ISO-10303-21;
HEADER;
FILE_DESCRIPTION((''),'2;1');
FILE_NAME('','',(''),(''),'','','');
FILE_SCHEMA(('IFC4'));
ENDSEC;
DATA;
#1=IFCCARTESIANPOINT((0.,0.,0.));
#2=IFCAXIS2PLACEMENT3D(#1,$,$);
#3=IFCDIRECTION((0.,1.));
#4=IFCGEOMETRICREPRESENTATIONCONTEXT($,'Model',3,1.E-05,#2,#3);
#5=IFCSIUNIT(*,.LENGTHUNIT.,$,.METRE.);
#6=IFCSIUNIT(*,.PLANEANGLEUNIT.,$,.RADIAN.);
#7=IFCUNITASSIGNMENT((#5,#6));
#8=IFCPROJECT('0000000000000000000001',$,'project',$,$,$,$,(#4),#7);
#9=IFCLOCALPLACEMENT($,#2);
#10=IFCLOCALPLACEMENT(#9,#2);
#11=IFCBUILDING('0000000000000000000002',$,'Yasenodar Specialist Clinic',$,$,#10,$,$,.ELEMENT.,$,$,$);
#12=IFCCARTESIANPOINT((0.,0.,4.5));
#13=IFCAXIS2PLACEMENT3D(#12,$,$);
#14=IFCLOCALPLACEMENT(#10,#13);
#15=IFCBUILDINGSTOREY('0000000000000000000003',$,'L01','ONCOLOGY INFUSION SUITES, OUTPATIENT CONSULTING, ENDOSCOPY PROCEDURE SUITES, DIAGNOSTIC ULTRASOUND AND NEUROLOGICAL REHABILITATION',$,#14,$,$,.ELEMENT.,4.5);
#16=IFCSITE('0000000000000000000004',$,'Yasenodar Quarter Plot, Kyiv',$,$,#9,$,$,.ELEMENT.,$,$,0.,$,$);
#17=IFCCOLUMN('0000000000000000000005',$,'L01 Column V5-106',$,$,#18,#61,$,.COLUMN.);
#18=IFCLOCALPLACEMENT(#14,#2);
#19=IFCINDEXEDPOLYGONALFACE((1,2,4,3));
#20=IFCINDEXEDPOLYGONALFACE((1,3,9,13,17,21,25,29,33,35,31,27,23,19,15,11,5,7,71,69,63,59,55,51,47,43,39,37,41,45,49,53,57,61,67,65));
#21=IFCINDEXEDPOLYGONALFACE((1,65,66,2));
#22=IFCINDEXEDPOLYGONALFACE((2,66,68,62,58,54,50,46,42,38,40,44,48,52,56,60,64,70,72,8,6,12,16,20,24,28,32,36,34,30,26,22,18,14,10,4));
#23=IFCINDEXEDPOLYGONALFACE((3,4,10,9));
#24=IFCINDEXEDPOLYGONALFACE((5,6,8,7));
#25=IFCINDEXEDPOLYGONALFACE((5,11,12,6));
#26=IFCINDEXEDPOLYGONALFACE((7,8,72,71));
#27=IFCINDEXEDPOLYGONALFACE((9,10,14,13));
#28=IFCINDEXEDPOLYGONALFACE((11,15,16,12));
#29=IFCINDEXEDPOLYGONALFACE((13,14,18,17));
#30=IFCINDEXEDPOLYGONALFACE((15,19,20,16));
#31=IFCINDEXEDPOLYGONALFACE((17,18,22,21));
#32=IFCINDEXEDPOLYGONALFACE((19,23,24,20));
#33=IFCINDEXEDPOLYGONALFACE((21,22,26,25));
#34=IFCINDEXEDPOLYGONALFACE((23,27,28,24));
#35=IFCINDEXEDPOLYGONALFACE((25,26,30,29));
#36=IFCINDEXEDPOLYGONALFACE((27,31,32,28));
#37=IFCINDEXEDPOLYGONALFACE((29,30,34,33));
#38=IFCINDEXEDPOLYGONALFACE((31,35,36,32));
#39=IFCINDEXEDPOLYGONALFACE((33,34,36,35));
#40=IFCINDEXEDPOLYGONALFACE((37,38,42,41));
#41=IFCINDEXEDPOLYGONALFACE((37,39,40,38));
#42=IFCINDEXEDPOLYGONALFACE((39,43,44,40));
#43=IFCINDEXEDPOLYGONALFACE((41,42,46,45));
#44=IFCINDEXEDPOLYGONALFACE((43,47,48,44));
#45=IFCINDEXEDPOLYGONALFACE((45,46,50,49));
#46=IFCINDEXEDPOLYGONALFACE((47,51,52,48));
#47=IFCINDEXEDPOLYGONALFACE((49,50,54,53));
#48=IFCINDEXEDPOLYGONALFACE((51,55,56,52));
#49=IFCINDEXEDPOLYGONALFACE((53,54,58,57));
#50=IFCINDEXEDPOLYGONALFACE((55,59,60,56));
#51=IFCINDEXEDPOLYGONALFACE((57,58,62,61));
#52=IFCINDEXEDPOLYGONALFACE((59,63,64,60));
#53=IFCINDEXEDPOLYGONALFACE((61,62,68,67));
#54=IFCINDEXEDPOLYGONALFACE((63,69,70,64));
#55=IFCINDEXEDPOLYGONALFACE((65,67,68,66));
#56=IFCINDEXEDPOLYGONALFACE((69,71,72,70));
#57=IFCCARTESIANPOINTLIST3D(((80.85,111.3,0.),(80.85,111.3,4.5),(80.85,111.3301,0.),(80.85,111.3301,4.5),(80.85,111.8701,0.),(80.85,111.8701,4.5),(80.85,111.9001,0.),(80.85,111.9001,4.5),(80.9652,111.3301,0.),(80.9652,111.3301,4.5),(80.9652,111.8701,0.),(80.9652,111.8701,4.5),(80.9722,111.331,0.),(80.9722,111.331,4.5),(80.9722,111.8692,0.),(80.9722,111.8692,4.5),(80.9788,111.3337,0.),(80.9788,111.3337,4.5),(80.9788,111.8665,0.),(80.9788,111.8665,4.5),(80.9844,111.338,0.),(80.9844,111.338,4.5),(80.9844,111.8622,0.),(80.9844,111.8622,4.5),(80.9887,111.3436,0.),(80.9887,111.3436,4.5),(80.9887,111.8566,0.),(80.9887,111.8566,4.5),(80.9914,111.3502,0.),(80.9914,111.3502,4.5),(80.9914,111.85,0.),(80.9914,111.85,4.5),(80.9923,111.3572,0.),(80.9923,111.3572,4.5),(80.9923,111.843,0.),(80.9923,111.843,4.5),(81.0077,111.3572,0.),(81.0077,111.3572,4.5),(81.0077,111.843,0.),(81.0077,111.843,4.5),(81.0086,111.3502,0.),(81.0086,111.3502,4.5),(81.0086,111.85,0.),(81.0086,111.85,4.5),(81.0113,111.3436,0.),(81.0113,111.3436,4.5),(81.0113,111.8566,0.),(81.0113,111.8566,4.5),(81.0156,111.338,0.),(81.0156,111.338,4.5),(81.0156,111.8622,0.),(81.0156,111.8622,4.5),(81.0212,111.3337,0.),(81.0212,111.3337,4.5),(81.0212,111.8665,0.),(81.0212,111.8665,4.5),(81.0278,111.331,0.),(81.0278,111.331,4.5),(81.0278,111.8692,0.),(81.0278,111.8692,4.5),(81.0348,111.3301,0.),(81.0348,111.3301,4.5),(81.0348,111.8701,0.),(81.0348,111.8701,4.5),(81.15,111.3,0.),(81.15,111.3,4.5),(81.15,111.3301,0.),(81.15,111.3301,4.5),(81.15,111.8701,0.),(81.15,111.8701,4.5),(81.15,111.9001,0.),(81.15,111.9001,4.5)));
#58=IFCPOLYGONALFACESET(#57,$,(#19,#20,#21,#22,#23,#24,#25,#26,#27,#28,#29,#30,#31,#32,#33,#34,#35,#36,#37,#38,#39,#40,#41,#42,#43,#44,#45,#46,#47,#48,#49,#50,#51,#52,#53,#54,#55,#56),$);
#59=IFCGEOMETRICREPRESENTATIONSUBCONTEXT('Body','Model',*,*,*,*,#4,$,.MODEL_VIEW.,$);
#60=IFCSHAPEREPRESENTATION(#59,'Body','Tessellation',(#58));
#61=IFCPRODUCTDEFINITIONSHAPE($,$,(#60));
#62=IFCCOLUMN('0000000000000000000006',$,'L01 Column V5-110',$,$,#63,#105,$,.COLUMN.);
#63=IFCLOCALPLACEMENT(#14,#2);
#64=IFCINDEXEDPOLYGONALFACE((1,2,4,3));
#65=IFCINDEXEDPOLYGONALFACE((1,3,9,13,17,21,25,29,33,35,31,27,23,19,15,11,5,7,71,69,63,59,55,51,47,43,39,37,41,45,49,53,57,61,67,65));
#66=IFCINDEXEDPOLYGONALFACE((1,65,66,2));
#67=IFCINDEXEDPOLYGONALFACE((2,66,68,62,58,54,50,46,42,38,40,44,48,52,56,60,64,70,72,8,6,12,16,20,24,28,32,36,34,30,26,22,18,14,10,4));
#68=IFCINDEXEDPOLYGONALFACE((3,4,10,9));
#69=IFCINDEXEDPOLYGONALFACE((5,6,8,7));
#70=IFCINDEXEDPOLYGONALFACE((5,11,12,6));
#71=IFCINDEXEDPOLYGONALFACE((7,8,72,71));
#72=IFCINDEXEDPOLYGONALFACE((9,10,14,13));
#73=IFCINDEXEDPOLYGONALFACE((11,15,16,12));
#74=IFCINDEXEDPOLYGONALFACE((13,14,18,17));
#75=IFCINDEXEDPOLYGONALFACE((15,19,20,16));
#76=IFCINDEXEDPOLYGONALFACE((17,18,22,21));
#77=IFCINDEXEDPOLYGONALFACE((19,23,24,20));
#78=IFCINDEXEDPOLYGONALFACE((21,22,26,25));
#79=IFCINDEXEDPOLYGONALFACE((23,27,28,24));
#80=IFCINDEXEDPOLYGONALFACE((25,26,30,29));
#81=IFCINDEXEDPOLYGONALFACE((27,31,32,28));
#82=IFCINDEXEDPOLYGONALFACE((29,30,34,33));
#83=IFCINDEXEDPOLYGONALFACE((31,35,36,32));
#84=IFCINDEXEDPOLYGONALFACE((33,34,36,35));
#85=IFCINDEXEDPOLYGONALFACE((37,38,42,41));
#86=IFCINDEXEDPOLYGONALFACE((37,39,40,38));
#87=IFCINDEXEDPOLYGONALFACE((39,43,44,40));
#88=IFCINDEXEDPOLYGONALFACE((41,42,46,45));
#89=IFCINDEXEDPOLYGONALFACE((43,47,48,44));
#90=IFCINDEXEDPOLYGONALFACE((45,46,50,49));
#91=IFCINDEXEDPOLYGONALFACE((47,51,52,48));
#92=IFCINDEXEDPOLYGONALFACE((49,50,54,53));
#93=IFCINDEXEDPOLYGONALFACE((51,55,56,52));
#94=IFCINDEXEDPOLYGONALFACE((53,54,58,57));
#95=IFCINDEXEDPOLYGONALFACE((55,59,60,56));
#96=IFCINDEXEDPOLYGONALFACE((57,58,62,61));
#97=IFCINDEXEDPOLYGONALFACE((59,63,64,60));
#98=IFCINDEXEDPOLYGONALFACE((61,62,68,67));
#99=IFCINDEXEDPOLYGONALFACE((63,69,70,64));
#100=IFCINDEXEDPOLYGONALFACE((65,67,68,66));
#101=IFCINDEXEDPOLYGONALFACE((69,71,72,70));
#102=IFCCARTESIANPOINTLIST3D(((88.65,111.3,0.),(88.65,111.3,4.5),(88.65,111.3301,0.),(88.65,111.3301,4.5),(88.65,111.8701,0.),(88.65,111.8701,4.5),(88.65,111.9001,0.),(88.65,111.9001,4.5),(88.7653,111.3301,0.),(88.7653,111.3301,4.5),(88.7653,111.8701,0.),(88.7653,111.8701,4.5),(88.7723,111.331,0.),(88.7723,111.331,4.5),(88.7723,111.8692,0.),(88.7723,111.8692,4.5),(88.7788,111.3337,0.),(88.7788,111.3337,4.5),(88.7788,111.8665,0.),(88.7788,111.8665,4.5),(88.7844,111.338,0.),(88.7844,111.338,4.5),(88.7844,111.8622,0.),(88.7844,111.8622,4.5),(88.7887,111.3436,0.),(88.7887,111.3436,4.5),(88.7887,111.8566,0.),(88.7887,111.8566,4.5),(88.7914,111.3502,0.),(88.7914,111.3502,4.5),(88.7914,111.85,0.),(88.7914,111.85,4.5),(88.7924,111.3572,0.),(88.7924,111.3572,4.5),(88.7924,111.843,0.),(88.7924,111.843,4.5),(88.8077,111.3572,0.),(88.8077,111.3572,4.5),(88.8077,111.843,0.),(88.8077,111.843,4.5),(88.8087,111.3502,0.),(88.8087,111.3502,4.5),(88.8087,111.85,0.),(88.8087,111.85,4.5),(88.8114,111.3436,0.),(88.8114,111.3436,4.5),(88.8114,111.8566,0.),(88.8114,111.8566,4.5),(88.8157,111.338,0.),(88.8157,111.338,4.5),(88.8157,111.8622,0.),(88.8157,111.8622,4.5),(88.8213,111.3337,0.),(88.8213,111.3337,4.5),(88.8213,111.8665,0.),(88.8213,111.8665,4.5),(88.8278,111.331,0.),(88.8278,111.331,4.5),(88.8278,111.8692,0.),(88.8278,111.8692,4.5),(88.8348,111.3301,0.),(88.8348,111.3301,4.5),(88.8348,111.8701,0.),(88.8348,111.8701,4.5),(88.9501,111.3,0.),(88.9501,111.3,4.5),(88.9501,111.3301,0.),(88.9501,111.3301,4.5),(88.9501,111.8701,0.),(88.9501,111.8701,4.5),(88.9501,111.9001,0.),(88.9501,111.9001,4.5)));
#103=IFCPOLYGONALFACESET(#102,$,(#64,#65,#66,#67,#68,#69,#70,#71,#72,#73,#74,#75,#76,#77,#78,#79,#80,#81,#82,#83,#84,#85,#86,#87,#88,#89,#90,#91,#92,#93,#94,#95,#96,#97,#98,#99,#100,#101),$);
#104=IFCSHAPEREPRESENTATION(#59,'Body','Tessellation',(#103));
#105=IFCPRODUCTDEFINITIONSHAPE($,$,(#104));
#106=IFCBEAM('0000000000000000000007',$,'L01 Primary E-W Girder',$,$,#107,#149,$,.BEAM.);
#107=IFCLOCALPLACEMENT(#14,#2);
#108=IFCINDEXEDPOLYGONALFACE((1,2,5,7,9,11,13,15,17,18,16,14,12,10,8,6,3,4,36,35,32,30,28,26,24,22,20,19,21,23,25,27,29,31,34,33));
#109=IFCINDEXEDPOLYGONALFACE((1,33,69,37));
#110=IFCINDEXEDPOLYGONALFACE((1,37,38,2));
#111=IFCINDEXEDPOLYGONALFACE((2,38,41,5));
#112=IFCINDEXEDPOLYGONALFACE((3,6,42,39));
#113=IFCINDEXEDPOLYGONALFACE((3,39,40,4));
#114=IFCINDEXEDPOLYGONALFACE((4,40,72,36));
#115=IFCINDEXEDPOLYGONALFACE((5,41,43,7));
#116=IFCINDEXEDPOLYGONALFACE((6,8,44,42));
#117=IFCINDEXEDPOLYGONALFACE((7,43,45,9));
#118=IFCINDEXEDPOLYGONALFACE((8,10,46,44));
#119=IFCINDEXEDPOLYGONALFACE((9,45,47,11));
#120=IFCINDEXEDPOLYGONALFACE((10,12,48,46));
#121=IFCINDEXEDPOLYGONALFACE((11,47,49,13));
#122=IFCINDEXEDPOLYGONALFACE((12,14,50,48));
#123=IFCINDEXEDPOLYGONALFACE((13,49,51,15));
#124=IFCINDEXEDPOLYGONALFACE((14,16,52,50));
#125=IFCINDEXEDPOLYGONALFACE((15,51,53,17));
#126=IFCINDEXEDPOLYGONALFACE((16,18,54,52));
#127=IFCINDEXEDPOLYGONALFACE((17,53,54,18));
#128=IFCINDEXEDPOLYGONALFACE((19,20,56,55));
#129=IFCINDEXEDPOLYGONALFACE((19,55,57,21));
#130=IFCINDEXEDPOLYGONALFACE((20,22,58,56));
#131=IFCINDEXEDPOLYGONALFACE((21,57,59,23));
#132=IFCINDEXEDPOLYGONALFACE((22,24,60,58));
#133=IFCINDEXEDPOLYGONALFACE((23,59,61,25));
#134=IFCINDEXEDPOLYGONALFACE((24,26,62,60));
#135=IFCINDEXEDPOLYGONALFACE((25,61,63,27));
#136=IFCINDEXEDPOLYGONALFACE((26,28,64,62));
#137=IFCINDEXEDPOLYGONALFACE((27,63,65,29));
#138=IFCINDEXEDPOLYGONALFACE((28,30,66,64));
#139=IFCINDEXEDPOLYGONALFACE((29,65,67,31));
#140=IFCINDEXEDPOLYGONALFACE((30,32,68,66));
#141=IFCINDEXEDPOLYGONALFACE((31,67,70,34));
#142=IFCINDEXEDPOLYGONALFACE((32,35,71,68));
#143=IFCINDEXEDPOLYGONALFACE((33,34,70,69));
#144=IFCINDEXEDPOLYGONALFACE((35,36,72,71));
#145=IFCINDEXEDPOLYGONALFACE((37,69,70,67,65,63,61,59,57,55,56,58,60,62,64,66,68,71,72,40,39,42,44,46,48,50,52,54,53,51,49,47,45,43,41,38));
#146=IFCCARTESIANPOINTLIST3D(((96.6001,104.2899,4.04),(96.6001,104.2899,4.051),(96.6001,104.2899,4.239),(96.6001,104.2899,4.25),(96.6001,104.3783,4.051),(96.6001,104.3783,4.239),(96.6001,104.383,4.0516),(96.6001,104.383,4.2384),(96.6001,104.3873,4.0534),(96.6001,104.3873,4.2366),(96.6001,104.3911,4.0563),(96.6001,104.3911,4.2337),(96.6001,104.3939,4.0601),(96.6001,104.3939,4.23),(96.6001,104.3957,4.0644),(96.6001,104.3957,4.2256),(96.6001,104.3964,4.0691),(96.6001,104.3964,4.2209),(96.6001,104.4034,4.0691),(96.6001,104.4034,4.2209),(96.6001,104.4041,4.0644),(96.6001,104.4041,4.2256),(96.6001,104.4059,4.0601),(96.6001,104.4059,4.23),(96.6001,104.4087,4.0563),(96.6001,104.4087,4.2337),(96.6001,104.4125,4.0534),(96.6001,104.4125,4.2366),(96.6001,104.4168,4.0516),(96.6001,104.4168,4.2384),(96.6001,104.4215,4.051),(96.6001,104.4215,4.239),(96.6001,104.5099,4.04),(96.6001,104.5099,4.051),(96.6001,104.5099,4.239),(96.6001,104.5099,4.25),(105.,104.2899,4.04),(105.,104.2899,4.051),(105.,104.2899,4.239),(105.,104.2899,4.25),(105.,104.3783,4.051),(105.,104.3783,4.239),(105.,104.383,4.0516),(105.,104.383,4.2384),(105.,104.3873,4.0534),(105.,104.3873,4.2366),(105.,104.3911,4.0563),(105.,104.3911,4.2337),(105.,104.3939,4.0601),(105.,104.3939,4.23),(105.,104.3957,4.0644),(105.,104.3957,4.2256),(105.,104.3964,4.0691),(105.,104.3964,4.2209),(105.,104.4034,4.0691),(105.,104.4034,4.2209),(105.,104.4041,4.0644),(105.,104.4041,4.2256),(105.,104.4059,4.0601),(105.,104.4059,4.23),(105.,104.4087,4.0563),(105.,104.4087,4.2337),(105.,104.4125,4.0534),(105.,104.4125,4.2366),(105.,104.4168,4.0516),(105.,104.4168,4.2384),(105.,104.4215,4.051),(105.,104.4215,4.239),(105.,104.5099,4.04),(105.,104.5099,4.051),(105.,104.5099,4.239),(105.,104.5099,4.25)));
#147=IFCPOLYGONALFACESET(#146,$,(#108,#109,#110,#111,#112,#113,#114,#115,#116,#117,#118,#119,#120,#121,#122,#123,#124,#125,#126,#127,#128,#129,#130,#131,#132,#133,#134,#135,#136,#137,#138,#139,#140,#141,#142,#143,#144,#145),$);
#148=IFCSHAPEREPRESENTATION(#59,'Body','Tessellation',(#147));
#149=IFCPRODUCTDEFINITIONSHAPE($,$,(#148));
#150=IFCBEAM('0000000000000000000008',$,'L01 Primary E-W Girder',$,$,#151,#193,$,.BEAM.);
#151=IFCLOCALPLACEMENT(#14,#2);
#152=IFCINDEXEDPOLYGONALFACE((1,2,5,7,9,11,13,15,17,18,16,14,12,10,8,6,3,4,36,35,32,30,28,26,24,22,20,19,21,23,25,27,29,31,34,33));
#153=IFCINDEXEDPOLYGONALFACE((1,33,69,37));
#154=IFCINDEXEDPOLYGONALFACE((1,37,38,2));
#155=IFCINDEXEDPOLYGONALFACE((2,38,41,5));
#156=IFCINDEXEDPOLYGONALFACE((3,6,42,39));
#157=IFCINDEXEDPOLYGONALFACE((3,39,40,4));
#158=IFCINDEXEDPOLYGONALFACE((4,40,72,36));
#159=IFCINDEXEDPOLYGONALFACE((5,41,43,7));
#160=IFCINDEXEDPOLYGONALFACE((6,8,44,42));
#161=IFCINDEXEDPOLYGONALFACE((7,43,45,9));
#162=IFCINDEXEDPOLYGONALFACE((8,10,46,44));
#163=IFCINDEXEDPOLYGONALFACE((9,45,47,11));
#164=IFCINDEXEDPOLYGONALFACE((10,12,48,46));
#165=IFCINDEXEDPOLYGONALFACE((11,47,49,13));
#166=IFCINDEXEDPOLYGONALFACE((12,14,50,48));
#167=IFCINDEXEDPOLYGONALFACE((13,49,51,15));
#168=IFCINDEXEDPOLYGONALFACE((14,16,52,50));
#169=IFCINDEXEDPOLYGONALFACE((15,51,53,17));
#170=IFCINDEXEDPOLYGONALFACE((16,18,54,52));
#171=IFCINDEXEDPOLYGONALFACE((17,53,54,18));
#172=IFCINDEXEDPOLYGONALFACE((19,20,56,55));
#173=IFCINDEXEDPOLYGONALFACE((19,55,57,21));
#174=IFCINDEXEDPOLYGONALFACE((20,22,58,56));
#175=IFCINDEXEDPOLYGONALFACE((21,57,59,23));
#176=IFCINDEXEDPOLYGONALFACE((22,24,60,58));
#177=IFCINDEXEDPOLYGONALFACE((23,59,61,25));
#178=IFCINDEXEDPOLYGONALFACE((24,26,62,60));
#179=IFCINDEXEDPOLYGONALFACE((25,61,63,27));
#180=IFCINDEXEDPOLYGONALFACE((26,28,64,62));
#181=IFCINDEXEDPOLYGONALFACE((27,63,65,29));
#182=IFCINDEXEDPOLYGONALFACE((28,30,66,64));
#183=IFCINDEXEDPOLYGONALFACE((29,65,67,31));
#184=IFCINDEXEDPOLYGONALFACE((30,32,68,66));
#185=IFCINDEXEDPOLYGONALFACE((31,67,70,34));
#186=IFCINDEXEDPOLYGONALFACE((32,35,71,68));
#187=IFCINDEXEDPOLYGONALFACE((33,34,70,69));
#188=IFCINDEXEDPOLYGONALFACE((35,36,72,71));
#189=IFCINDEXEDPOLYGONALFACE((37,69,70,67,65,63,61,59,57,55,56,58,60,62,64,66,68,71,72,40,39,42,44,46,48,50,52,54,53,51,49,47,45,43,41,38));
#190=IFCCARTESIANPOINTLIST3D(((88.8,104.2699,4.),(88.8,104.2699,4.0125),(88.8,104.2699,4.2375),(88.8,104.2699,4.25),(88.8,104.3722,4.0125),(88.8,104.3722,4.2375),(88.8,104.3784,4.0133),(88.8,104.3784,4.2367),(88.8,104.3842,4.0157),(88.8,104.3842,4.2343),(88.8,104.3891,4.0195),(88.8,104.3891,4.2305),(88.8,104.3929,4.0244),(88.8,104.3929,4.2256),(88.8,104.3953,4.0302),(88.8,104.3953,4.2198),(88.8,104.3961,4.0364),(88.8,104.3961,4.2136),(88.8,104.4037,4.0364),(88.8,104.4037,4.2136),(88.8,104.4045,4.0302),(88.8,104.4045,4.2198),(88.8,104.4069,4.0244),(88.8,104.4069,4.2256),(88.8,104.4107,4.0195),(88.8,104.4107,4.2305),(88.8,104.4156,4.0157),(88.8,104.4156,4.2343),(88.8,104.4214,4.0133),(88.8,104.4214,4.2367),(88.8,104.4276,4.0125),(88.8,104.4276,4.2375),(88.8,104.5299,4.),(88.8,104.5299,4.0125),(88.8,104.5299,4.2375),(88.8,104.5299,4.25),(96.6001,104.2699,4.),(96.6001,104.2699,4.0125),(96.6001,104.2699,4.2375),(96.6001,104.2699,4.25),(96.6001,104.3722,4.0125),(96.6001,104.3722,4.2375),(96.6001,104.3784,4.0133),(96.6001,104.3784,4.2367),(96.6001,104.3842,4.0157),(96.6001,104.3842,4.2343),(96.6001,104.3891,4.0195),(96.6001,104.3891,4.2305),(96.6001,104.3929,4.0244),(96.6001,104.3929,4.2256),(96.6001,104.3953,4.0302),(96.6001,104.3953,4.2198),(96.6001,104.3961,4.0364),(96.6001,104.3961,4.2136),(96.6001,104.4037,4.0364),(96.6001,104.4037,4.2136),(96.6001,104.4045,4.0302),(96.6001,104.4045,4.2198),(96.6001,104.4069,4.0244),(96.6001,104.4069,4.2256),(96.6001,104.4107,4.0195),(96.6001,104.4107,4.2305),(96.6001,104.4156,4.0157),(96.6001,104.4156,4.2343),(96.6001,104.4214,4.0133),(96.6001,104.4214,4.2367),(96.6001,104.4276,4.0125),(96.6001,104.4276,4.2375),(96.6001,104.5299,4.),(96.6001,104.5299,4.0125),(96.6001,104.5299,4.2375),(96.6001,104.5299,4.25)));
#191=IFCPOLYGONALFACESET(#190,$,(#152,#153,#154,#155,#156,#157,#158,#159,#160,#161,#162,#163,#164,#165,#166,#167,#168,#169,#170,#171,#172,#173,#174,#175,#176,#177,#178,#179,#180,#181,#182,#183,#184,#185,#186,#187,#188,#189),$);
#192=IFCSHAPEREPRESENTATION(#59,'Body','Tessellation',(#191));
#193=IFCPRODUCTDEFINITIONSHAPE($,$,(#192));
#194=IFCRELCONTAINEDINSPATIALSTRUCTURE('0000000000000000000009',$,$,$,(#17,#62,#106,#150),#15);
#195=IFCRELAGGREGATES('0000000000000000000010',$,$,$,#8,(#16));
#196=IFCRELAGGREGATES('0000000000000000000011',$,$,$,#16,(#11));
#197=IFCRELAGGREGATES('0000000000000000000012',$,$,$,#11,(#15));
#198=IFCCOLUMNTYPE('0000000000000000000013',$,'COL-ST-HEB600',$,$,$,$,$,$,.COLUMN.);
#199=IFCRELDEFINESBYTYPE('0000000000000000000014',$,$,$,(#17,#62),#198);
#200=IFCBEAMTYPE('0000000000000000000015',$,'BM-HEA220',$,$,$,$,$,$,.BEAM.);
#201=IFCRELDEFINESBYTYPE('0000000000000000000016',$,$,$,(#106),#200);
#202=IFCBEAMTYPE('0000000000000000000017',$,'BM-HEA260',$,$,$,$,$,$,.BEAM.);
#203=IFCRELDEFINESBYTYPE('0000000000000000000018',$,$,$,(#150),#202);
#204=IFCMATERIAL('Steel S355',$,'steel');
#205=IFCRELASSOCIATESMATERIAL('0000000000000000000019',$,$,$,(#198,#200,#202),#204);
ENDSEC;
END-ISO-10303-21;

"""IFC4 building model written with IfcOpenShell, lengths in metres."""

from ifc_helpers import new_model, si_unit, direction, frame, origin, origin_2d, place, context, subcontext, project, spatial, i_section, extrude, material, material_profile, profile_set, type_object, element, save


model = new_model("IFC4")

# Units and contexts
model_context = context("Model", 3, precision=1e-05, world=origin(), true_north=direction((0.0, 1.0)))
body_context = subcontext(model_context, "Body", "Model", "MODEL_VIEW")
ifc_project = project(units=[si_unit("LENGTHUNIT", "METRE"), si_unit("PLANEANGLEUNIT", "RADIAN")], contexts=[model_context])

# Site, building, storey
site_placement = place(None, origin())
site = spatial("IfcSite", under=ifc_project, at=site_placement, Name="Yasenodar Quarter Plot, Kyiv", CompositionType="ELEMENT", RefElevation=0.0)
building_placement = place(site_placement, origin())
building = spatial("IfcBuilding", under=site, at=building_placement, Name="Yasenodar Specialist Clinic", CompositionType="ELEMENT")
storey_placement = place(building_placement, frame((0.0, 0.0, 4.5)))
storey = spatial("IfcBuildingStorey", under=building, at=storey_placement, Name="L01", Description="ONCOLOGY INFUSION SUITES, OUTPATIENT CONSULTING, ENDOSCOPY PROCEDURE SUITES, DIAGNOSTIC ULTRASOUND AND NEUROLOGICAL REHABILITATION", CompositionType="ELEMENT", Elevation=4.5)

# Columns
ifc_material_1 = material(Name="Steel S355", Category="steel")
ifc_material_profile_1 = material_profile(ifc_material_1, i_section(OverallWidth=0.3, OverallDepth=0.6001, WebThickness=0.0154, FlangeThickness=0.03, FilletRadius=0.0271, at=origin_2d()), Name="HEB 600")
ifc_profile_set_1 = profile_set([ifc_material_profile_1], Name="Steel S355")
column_type_1 = type_object("IfcColumnType", Name="COL-ST-HEB600", PredefinedType="COLUMN", material=ifc_profile_set_1)
for number, where, z_axis, x_axis, name in (
    (1, (81.0, 111.6001, 0.0), (0.0, 0.0, 1.0), (1.0, 0.0, 0.0), "L01 Column V5-106"),
    (2, (88.8, 111.6001, 0.0), (0.0, 0.0, 1.0), (1.0, 0.0, 0.0), "L01 Column V5-110"),
):
    element("IfcColumn", number, at=place(storey_placement, frame(where, z_axis=z_axis, x_axis=x_axis)), inside=storey, type_object=column_type_1, Name=name, PredefinedType="COLUMN", context=body_context, shape_type="SweptSolid", body=[
        extrude(i_section(OverallWidth=0.3, OverallDepth=0.6001, WebThickness=0.0154, FlangeThickness=0.03, FilletRadius=0.0271, at=origin_2d()), origin(), (0.0, 0.0, 1.0), 4.5),
    ])

# Beams
ifc_material_profile_2 = material_profile(ifc_material_1, i_section(OverallWidth=0.22, OverallDepth=0.21, WebThickness=0.0071, FlangeThickness=0.011, FilletRadius=0.0181, at=origin_2d()), Name="HEA 220")
ifc_profile_set_2 = profile_set([ifc_material_profile_2], Name="Steel S355")
beam_type_1 = type_object("IfcBeamType", Name="BM-HEA220", PredefinedType="BEAM", material=ifc_profile_set_2)
beam_1_placement = place(storey_placement, frame((96.6001, 104.3999, 4.145), z_axis=(1.0, 0.0, 0.0), x_axis=(0.0, 1.0, 0.0)))
element("IfcBeam", 3, at=beam_1_placement, inside=storey, type_object=beam_type_1, Name="L01 Primary E-W Girder", PredefinedType="BEAM", context=body_context, shape_type="SweptSolid", body=[
    extrude(i_section(OverallWidth=0.22, OverallDepth=0.21, WebThickness=0.0071, FlangeThickness=0.011, FilletRadius=0.0181, at=origin_2d()), origin(), (0.0, 0.0, 1.0), 8.3999),
])
ifc_material_profile_3 = material_profile(ifc_material_1, i_section(OverallWidth=0.26, OverallDepth=0.25, WebThickness=0.0076, FlangeThickness=0.0125, FilletRadius=0.0239, at=origin_2d()), Name="HEA 260")
ifc_profile_set_3 = profile_set([ifc_material_profile_3], Name="Steel S355")
beam_type_2 = type_object("IfcBeamType", Name="BM-HEA260", PredefinedType="BEAM", material=ifc_profile_set_3)
beam_2_placement = place(storey_placement, frame((88.8, 104.3999, 4.125), z_axis=(1.0, 0.0, 0.0), x_axis=(0.0, 1.0, 0.0)))
element("IfcBeam", 4, at=beam_2_placement, inside=storey, type_object=beam_type_2, Name="L01 Primary E-W Girder", PredefinedType="BEAM", context=body_context, shape_type="SweptSolid", body=[
    extrude(i_section(OverallWidth=0.26, OverallDepth=0.25, WebThickness=0.0076, FlangeThickness=0.0125, FilletRadius=0.0239, at=origin_2d()), origin(), (0.0, 0.0, 1.0), 7.8),
])

save(model, "model.ifc")
